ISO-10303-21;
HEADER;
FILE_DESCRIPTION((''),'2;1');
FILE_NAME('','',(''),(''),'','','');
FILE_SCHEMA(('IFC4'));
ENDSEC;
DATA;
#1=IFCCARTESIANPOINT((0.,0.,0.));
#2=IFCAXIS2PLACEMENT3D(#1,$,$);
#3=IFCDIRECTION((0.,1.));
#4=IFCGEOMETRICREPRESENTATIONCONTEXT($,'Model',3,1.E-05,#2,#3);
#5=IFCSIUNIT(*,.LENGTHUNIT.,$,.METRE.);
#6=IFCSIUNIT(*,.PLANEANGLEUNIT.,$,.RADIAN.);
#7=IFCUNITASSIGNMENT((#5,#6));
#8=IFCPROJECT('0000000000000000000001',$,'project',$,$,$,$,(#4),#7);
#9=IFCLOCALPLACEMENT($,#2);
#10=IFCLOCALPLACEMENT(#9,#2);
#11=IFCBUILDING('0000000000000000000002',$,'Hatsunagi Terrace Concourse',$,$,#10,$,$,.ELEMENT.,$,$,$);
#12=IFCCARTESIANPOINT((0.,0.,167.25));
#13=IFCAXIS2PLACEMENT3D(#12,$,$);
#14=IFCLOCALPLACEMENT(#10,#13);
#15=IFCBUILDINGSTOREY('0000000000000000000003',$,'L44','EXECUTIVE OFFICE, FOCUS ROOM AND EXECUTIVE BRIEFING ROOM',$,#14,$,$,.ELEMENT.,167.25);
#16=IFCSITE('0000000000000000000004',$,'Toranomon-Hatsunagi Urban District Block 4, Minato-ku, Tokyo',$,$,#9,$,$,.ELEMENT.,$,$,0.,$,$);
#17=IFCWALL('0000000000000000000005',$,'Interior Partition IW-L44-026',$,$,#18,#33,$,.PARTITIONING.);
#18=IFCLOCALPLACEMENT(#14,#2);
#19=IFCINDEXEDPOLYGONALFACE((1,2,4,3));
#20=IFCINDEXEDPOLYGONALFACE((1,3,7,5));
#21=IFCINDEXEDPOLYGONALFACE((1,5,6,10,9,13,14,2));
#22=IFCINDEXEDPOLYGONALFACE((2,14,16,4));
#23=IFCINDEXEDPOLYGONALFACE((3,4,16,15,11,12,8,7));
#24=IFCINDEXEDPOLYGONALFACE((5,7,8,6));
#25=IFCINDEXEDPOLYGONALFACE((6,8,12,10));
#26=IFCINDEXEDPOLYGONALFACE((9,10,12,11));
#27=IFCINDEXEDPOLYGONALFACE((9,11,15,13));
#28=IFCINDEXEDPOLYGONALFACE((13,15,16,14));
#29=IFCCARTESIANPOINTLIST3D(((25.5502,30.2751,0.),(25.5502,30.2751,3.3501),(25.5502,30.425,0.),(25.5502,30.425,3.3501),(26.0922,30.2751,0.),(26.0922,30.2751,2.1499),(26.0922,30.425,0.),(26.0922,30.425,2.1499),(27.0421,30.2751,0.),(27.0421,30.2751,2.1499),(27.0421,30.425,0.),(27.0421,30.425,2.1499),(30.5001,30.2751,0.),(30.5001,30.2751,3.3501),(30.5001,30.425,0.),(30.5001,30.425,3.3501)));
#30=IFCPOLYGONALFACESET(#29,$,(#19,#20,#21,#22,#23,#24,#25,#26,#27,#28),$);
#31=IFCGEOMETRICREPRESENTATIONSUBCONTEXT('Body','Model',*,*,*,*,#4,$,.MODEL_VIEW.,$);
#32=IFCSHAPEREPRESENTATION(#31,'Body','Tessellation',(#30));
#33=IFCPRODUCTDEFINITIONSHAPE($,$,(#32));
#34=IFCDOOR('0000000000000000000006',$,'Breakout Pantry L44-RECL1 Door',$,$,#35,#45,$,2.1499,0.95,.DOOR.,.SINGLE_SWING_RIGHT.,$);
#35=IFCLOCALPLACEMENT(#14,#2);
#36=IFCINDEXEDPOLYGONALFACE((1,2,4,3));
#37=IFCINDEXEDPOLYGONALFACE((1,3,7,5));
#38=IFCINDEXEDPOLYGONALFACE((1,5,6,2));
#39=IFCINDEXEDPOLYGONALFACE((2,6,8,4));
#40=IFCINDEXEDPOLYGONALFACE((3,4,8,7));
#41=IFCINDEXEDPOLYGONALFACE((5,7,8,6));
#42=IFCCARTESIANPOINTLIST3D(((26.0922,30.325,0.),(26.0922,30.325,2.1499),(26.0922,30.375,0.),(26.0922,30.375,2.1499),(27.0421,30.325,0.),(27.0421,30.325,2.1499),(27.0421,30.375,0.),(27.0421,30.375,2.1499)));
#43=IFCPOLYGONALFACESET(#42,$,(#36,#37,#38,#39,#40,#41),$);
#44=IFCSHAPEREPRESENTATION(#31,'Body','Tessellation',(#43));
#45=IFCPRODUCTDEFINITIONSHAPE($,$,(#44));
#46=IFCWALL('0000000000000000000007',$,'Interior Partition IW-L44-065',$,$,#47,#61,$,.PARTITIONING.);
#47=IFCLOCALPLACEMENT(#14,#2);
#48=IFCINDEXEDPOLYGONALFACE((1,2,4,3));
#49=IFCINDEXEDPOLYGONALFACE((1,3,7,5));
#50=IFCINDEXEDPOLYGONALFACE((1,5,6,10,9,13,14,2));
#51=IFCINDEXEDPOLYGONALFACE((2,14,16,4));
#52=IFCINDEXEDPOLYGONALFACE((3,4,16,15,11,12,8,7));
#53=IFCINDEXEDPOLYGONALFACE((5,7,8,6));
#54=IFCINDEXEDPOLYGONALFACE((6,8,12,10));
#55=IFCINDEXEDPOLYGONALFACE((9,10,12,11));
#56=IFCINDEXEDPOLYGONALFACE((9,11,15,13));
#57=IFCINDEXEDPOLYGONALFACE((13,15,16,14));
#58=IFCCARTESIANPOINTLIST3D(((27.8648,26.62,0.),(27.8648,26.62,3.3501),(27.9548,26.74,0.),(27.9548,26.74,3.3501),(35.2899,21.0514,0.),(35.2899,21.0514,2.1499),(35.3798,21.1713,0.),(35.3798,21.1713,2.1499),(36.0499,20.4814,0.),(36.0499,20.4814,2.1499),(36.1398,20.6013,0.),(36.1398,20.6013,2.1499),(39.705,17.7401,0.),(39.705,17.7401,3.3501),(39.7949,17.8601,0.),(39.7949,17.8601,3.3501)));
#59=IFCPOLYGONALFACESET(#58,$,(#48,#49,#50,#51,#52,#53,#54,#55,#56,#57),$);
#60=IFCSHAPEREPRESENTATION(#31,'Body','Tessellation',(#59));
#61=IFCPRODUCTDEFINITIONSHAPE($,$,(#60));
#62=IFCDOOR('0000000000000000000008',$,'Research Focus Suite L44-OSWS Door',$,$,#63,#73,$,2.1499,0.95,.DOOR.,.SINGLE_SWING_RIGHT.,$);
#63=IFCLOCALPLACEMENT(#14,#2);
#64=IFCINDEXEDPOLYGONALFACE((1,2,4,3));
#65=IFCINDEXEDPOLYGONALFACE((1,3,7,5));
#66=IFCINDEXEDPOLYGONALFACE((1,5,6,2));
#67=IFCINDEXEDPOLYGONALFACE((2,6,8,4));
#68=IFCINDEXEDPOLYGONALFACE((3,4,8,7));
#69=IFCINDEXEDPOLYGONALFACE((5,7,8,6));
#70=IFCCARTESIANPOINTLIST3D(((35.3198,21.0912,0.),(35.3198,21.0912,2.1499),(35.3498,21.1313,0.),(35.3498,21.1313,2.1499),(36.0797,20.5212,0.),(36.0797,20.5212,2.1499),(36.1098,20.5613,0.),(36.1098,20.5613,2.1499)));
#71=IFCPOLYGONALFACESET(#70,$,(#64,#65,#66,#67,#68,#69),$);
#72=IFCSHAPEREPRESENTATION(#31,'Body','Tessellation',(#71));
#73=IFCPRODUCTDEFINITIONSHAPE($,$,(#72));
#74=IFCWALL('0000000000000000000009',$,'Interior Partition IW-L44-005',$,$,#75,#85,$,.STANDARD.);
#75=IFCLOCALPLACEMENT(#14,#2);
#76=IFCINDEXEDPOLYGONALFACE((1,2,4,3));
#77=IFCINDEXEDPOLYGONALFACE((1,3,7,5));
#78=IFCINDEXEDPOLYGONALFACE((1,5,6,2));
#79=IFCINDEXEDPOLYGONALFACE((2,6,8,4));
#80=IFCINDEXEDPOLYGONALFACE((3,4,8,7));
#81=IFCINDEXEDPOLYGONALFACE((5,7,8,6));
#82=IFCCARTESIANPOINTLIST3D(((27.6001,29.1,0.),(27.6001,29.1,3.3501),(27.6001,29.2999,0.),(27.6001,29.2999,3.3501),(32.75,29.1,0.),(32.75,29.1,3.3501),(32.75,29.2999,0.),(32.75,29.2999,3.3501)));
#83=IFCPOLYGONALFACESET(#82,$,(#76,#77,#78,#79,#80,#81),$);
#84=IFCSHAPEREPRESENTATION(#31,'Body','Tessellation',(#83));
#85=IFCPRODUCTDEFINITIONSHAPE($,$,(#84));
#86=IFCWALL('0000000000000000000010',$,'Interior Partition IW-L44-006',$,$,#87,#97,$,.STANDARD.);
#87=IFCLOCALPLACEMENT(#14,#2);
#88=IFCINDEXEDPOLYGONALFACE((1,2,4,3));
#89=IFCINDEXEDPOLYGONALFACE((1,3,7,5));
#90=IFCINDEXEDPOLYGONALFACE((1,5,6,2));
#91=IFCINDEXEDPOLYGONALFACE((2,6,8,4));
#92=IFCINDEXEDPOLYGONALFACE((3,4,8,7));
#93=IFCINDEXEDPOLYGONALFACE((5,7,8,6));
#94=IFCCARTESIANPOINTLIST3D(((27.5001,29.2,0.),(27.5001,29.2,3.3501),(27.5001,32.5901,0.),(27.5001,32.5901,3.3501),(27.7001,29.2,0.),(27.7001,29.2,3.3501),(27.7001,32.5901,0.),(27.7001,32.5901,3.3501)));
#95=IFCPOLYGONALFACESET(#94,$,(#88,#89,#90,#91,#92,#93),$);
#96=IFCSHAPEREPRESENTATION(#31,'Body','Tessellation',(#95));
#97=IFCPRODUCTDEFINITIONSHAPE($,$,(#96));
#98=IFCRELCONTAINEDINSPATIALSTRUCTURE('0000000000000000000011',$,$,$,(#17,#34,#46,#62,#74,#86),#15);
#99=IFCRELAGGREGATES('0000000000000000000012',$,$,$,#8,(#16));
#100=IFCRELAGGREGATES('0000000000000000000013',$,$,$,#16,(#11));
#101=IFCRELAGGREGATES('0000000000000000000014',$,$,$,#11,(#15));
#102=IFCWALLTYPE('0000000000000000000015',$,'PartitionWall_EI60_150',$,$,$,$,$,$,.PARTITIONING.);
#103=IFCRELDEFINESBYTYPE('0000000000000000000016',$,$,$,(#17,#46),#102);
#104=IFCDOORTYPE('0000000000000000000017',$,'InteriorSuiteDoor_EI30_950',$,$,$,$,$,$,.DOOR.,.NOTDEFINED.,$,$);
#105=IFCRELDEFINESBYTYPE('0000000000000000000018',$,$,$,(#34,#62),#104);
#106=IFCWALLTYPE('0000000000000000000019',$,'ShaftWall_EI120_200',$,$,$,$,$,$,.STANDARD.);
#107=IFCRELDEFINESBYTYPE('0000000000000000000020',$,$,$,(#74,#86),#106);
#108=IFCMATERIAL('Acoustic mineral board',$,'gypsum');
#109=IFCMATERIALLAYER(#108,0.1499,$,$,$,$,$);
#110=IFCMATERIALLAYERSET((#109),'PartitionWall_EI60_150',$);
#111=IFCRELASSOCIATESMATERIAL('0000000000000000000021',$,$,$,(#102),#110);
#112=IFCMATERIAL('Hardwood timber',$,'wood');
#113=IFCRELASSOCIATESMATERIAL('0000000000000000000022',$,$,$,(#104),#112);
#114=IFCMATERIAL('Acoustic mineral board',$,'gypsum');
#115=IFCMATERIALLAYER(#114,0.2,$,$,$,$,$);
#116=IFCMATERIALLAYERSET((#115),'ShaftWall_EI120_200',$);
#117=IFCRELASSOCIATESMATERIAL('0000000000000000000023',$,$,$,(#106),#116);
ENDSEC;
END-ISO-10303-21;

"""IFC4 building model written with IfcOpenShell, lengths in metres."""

from ifc_helpers import new_model, si_unit, direction, frame, frame_2d, origin, place, context, subcontext, project, spatial, rectangle, extrude, material, layer, layer_set, type_object, element, fill, save


model = new_model("IFC4")

# Units and contexts
model_context = context("Model", 3, precision=1e-05, world=origin(), true_north=direction((0.0, 1.0)))
body_context = subcontext(model_context, "Body", "Model", "MODEL_VIEW")
ifc_project = project(units=[si_unit("LENGTHUNIT", "METRE"), si_unit("PLANEANGLEUNIT", "RADIAN")], contexts=[model_context])

# Site, building, storey
site_placement = place(None, origin())
site = spatial("IfcSite", under=ifc_project, at=site_placement, Name="Toranomon-Hatsunagi Urban District Block 4, Minato-ku, Tokyo", CompositionType="ELEMENT", RefElevation=0.0)
building_placement = place(site_placement, origin())
building = spatial("IfcBuilding", under=site, at=building_placement, Name="Hatsunagi Terrace Concourse", CompositionType="ELEMENT")
storey_placement = place(building_placement, frame((0.0, 0.0, 167.25)))
storey = spatial("IfcBuildingStorey", under=building, at=storey_placement, Name="L44", Description="EXECUTIVE OFFICE, FOCUS ROOM AND EXECUTIVE BRIEFING ROOM", CompositionType="ELEMENT", Elevation=167.25)

# Walls, openings, doors
ifc_material_1 = material(Name="Acoustic mineral board", Category="gypsum")
ifc_layer_1 = layer(ifc_material_1, 0.1499)
ifc_layer_set_1 = layer_set([ifc_layer_1], Name="PartitionWall_EI60_150")
wall_type_1 = type_object("IfcWallType", Name="PartitionWall_EI60_150", PredefinedType="PARTITIONING", material=ifc_layer_set_1)
wall_1_placement = place(storey_placement, frame((25.55, 30.3501, 0.0), z_axis=(0.0, 0.0, 1.0), x_axis=(1.0, 0.0, 0.0)))
wall_1 = element("IfcWall", 1, at=wall_1_placement, inside=storey, type_object=wall_type_1, Name="Interior Partition IW-L44-026", PredefinedType="PARTITIONING", context=body_context, shape_type="SweptSolid", body=[
    extrude(rectangle(XDim=4.95, YDim=0.1499, at=frame_2d((2.4751, 0.0))), origin(), (0.0, 0.0, 1.0), 3.3501),
])
opening_1_placement = place(wall_1_placement, frame((0.542, 0.0, 0.0)))
opening_1 = element("IfcOpeningElement", 2, at=opening_1_placement, cuts=wall_1, PredefinedType="OPENING", context=body_context, shape_type="SweptSolid", body=[
    extrude(rectangle(XDim=0.95, YDim=2.1499, at=frame_2d((0.4751, 1.075))), frame((0.0, 0.085, 0.0), z_axis=(0.0, -1.0, 0.0), x_axis=(1.0, 0.0, 0.0)), (0.0, 0.0, 1.0), 0.1699),
])
ifc_material_2 = material(Name="Hardwood timber", Category="wood")
door_type = type_object("IfcDoorType", Name="InteriorSuiteDoor_EI30_950", OperationType="NOTDEFINED", PredefinedType="DOOR", material=ifc_material_2)
door_1_placement = place(opening_1_placement, origin())
door_1 = element("IfcDoor", 3, at=door_1_placement, inside=storey, type_object=door_type, Name="Breakout Pantry L44-RECL1 Door", OperationType="SINGLE_SWING_RIGHT", OverallHeight=2.1499, OverallWidth=0.95, PredefinedType="DOOR", context=body_context, shape_type="SweptSolid", body=[
    extrude(rectangle(XDim=0.95, YDim=2.1499, at=frame_2d((0.4751, 1.075))), frame((0.0, 0.0249, 0.0), z_axis=(0.0, -1.0, 0.0), x_axis=(1.0, 0.0, 0.0)), (0.0, 0.0, 1.0), 0.05),
])
fill(opening_1, door_1)
wall_2_placement = place(storey_placement, frame((27.9099, 26.6799, 0.0), z_axis=(0.0, 0.0, 1.0), x_axis=(0.800006, -0.599992, 0.0)))
wall_2 = element("IfcWall", 4, at=wall_2_placement, inside=storey, type_object=wall_type_1, Name="Interior Partition IW-L44-065", PredefinedType="PARTITIONING", context=body_context, shape_type="SweptSolid", body=[
    extrude(rectangle(XDim=14.8, YDim=0.1499, at=frame_2d((7.3999, 0.0))), origin(), (0.0, 0.0, 1.0), 3.3501),
])
opening_2_placement = place(wall_2_placement, frame((9.281, 0.0, 0.0)))
opening_2 = element("IfcOpeningElement", 5, at=opening_2_placement, cuts=wall_2, PredefinedType="OPENING", context=body_context, shape_type="SweptSolid", body=[
    extrude(rectangle(XDim=0.95, YDim=2.1499, at=frame_2d((0.4751, 1.075))), frame((0.0, 0.085, 0.0), z_axis=(0.0, -1.0, 0.0), x_axis=(1.0, 0.0, 0.0)), (0.0, 0.0, 1.0), 0.1699),
])
door_2_placement = place(opening_2_placement, origin())
door_2 = element("IfcDoor", 6, at=door_2_placement, inside=storey, type_object=door_type, Name="Research Focus Suite L44-OSWS Door", OperationType="SINGLE_SWING_RIGHT", OverallHeight=2.1499, OverallWidth=0.95, PredefinedType="DOOR", context=body_context, shape_type="SweptSolid", body=[
    extrude(rectangle(XDim=0.95, YDim=2.1499, at=frame_2d((0.4751, 1.075))), frame((0.0, 0.0249, 0.0), z_axis=(0.0, -1.0, 0.0), x_axis=(1.0, 0.0, 0.0)), (0.0, 0.0, 1.0), 0.05),
])
fill(opening_2, door_2)

# Walls
ifc_material_3 = material(Name="Acoustic mineral board", Category="gypsum")
ifc_layer_2 = layer(ifc_material_3, 0.2)
ifc_layer_set_2 = layer_set([ifc_layer_2], Name="ShaftWall_EI120_200")
wall_type_2 = type_object("IfcWallType", Name="ShaftWall_EI120_200", PredefinedType="STANDARD", material=ifc_layer_set_2)
wall_3_placement = place(storey_placement, frame((27.6001, 29.2, 0.0), z_axis=(0.0, 0.0, 1.0), x_axis=(1.0, 0.0, 0.0)))
element("IfcWall", 7, at=wall_3_placement, inside=storey, type_object=wall_type_2, Name="Interior Partition IW-L44-005", PredefinedType="STANDARD", context=body_context, shape_type="SweptSolid", body=[
    extrude(rectangle(XDim=5.1499, YDim=0.2, at=frame_2d((2.575, 0.0))), origin(), (0.0, 0.0, 1.0), 3.3501),
])
wall_4_placement = place(storey_placement, frame((27.6001, 29.2, 0.0), z_axis=(0.0, 0.0, 1.0), x_axis=(0.0, 1.0, 0.0)))
element("IfcWall", 8, at=wall_4_placement, inside=storey, type_object=wall_type_2, Name="Interior Partition IW-L44-006", PredefinedType="STANDARD", context=body_context, shape_type="SweptSolid", body=[
    extrude(rectangle(XDim=3.3901, YDim=0.2, at=frame_2d((1.6951, 0.0))), origin(), (0.0, 0.0, 1.0), 3.3501),
])

save(model, "model.ifc")
